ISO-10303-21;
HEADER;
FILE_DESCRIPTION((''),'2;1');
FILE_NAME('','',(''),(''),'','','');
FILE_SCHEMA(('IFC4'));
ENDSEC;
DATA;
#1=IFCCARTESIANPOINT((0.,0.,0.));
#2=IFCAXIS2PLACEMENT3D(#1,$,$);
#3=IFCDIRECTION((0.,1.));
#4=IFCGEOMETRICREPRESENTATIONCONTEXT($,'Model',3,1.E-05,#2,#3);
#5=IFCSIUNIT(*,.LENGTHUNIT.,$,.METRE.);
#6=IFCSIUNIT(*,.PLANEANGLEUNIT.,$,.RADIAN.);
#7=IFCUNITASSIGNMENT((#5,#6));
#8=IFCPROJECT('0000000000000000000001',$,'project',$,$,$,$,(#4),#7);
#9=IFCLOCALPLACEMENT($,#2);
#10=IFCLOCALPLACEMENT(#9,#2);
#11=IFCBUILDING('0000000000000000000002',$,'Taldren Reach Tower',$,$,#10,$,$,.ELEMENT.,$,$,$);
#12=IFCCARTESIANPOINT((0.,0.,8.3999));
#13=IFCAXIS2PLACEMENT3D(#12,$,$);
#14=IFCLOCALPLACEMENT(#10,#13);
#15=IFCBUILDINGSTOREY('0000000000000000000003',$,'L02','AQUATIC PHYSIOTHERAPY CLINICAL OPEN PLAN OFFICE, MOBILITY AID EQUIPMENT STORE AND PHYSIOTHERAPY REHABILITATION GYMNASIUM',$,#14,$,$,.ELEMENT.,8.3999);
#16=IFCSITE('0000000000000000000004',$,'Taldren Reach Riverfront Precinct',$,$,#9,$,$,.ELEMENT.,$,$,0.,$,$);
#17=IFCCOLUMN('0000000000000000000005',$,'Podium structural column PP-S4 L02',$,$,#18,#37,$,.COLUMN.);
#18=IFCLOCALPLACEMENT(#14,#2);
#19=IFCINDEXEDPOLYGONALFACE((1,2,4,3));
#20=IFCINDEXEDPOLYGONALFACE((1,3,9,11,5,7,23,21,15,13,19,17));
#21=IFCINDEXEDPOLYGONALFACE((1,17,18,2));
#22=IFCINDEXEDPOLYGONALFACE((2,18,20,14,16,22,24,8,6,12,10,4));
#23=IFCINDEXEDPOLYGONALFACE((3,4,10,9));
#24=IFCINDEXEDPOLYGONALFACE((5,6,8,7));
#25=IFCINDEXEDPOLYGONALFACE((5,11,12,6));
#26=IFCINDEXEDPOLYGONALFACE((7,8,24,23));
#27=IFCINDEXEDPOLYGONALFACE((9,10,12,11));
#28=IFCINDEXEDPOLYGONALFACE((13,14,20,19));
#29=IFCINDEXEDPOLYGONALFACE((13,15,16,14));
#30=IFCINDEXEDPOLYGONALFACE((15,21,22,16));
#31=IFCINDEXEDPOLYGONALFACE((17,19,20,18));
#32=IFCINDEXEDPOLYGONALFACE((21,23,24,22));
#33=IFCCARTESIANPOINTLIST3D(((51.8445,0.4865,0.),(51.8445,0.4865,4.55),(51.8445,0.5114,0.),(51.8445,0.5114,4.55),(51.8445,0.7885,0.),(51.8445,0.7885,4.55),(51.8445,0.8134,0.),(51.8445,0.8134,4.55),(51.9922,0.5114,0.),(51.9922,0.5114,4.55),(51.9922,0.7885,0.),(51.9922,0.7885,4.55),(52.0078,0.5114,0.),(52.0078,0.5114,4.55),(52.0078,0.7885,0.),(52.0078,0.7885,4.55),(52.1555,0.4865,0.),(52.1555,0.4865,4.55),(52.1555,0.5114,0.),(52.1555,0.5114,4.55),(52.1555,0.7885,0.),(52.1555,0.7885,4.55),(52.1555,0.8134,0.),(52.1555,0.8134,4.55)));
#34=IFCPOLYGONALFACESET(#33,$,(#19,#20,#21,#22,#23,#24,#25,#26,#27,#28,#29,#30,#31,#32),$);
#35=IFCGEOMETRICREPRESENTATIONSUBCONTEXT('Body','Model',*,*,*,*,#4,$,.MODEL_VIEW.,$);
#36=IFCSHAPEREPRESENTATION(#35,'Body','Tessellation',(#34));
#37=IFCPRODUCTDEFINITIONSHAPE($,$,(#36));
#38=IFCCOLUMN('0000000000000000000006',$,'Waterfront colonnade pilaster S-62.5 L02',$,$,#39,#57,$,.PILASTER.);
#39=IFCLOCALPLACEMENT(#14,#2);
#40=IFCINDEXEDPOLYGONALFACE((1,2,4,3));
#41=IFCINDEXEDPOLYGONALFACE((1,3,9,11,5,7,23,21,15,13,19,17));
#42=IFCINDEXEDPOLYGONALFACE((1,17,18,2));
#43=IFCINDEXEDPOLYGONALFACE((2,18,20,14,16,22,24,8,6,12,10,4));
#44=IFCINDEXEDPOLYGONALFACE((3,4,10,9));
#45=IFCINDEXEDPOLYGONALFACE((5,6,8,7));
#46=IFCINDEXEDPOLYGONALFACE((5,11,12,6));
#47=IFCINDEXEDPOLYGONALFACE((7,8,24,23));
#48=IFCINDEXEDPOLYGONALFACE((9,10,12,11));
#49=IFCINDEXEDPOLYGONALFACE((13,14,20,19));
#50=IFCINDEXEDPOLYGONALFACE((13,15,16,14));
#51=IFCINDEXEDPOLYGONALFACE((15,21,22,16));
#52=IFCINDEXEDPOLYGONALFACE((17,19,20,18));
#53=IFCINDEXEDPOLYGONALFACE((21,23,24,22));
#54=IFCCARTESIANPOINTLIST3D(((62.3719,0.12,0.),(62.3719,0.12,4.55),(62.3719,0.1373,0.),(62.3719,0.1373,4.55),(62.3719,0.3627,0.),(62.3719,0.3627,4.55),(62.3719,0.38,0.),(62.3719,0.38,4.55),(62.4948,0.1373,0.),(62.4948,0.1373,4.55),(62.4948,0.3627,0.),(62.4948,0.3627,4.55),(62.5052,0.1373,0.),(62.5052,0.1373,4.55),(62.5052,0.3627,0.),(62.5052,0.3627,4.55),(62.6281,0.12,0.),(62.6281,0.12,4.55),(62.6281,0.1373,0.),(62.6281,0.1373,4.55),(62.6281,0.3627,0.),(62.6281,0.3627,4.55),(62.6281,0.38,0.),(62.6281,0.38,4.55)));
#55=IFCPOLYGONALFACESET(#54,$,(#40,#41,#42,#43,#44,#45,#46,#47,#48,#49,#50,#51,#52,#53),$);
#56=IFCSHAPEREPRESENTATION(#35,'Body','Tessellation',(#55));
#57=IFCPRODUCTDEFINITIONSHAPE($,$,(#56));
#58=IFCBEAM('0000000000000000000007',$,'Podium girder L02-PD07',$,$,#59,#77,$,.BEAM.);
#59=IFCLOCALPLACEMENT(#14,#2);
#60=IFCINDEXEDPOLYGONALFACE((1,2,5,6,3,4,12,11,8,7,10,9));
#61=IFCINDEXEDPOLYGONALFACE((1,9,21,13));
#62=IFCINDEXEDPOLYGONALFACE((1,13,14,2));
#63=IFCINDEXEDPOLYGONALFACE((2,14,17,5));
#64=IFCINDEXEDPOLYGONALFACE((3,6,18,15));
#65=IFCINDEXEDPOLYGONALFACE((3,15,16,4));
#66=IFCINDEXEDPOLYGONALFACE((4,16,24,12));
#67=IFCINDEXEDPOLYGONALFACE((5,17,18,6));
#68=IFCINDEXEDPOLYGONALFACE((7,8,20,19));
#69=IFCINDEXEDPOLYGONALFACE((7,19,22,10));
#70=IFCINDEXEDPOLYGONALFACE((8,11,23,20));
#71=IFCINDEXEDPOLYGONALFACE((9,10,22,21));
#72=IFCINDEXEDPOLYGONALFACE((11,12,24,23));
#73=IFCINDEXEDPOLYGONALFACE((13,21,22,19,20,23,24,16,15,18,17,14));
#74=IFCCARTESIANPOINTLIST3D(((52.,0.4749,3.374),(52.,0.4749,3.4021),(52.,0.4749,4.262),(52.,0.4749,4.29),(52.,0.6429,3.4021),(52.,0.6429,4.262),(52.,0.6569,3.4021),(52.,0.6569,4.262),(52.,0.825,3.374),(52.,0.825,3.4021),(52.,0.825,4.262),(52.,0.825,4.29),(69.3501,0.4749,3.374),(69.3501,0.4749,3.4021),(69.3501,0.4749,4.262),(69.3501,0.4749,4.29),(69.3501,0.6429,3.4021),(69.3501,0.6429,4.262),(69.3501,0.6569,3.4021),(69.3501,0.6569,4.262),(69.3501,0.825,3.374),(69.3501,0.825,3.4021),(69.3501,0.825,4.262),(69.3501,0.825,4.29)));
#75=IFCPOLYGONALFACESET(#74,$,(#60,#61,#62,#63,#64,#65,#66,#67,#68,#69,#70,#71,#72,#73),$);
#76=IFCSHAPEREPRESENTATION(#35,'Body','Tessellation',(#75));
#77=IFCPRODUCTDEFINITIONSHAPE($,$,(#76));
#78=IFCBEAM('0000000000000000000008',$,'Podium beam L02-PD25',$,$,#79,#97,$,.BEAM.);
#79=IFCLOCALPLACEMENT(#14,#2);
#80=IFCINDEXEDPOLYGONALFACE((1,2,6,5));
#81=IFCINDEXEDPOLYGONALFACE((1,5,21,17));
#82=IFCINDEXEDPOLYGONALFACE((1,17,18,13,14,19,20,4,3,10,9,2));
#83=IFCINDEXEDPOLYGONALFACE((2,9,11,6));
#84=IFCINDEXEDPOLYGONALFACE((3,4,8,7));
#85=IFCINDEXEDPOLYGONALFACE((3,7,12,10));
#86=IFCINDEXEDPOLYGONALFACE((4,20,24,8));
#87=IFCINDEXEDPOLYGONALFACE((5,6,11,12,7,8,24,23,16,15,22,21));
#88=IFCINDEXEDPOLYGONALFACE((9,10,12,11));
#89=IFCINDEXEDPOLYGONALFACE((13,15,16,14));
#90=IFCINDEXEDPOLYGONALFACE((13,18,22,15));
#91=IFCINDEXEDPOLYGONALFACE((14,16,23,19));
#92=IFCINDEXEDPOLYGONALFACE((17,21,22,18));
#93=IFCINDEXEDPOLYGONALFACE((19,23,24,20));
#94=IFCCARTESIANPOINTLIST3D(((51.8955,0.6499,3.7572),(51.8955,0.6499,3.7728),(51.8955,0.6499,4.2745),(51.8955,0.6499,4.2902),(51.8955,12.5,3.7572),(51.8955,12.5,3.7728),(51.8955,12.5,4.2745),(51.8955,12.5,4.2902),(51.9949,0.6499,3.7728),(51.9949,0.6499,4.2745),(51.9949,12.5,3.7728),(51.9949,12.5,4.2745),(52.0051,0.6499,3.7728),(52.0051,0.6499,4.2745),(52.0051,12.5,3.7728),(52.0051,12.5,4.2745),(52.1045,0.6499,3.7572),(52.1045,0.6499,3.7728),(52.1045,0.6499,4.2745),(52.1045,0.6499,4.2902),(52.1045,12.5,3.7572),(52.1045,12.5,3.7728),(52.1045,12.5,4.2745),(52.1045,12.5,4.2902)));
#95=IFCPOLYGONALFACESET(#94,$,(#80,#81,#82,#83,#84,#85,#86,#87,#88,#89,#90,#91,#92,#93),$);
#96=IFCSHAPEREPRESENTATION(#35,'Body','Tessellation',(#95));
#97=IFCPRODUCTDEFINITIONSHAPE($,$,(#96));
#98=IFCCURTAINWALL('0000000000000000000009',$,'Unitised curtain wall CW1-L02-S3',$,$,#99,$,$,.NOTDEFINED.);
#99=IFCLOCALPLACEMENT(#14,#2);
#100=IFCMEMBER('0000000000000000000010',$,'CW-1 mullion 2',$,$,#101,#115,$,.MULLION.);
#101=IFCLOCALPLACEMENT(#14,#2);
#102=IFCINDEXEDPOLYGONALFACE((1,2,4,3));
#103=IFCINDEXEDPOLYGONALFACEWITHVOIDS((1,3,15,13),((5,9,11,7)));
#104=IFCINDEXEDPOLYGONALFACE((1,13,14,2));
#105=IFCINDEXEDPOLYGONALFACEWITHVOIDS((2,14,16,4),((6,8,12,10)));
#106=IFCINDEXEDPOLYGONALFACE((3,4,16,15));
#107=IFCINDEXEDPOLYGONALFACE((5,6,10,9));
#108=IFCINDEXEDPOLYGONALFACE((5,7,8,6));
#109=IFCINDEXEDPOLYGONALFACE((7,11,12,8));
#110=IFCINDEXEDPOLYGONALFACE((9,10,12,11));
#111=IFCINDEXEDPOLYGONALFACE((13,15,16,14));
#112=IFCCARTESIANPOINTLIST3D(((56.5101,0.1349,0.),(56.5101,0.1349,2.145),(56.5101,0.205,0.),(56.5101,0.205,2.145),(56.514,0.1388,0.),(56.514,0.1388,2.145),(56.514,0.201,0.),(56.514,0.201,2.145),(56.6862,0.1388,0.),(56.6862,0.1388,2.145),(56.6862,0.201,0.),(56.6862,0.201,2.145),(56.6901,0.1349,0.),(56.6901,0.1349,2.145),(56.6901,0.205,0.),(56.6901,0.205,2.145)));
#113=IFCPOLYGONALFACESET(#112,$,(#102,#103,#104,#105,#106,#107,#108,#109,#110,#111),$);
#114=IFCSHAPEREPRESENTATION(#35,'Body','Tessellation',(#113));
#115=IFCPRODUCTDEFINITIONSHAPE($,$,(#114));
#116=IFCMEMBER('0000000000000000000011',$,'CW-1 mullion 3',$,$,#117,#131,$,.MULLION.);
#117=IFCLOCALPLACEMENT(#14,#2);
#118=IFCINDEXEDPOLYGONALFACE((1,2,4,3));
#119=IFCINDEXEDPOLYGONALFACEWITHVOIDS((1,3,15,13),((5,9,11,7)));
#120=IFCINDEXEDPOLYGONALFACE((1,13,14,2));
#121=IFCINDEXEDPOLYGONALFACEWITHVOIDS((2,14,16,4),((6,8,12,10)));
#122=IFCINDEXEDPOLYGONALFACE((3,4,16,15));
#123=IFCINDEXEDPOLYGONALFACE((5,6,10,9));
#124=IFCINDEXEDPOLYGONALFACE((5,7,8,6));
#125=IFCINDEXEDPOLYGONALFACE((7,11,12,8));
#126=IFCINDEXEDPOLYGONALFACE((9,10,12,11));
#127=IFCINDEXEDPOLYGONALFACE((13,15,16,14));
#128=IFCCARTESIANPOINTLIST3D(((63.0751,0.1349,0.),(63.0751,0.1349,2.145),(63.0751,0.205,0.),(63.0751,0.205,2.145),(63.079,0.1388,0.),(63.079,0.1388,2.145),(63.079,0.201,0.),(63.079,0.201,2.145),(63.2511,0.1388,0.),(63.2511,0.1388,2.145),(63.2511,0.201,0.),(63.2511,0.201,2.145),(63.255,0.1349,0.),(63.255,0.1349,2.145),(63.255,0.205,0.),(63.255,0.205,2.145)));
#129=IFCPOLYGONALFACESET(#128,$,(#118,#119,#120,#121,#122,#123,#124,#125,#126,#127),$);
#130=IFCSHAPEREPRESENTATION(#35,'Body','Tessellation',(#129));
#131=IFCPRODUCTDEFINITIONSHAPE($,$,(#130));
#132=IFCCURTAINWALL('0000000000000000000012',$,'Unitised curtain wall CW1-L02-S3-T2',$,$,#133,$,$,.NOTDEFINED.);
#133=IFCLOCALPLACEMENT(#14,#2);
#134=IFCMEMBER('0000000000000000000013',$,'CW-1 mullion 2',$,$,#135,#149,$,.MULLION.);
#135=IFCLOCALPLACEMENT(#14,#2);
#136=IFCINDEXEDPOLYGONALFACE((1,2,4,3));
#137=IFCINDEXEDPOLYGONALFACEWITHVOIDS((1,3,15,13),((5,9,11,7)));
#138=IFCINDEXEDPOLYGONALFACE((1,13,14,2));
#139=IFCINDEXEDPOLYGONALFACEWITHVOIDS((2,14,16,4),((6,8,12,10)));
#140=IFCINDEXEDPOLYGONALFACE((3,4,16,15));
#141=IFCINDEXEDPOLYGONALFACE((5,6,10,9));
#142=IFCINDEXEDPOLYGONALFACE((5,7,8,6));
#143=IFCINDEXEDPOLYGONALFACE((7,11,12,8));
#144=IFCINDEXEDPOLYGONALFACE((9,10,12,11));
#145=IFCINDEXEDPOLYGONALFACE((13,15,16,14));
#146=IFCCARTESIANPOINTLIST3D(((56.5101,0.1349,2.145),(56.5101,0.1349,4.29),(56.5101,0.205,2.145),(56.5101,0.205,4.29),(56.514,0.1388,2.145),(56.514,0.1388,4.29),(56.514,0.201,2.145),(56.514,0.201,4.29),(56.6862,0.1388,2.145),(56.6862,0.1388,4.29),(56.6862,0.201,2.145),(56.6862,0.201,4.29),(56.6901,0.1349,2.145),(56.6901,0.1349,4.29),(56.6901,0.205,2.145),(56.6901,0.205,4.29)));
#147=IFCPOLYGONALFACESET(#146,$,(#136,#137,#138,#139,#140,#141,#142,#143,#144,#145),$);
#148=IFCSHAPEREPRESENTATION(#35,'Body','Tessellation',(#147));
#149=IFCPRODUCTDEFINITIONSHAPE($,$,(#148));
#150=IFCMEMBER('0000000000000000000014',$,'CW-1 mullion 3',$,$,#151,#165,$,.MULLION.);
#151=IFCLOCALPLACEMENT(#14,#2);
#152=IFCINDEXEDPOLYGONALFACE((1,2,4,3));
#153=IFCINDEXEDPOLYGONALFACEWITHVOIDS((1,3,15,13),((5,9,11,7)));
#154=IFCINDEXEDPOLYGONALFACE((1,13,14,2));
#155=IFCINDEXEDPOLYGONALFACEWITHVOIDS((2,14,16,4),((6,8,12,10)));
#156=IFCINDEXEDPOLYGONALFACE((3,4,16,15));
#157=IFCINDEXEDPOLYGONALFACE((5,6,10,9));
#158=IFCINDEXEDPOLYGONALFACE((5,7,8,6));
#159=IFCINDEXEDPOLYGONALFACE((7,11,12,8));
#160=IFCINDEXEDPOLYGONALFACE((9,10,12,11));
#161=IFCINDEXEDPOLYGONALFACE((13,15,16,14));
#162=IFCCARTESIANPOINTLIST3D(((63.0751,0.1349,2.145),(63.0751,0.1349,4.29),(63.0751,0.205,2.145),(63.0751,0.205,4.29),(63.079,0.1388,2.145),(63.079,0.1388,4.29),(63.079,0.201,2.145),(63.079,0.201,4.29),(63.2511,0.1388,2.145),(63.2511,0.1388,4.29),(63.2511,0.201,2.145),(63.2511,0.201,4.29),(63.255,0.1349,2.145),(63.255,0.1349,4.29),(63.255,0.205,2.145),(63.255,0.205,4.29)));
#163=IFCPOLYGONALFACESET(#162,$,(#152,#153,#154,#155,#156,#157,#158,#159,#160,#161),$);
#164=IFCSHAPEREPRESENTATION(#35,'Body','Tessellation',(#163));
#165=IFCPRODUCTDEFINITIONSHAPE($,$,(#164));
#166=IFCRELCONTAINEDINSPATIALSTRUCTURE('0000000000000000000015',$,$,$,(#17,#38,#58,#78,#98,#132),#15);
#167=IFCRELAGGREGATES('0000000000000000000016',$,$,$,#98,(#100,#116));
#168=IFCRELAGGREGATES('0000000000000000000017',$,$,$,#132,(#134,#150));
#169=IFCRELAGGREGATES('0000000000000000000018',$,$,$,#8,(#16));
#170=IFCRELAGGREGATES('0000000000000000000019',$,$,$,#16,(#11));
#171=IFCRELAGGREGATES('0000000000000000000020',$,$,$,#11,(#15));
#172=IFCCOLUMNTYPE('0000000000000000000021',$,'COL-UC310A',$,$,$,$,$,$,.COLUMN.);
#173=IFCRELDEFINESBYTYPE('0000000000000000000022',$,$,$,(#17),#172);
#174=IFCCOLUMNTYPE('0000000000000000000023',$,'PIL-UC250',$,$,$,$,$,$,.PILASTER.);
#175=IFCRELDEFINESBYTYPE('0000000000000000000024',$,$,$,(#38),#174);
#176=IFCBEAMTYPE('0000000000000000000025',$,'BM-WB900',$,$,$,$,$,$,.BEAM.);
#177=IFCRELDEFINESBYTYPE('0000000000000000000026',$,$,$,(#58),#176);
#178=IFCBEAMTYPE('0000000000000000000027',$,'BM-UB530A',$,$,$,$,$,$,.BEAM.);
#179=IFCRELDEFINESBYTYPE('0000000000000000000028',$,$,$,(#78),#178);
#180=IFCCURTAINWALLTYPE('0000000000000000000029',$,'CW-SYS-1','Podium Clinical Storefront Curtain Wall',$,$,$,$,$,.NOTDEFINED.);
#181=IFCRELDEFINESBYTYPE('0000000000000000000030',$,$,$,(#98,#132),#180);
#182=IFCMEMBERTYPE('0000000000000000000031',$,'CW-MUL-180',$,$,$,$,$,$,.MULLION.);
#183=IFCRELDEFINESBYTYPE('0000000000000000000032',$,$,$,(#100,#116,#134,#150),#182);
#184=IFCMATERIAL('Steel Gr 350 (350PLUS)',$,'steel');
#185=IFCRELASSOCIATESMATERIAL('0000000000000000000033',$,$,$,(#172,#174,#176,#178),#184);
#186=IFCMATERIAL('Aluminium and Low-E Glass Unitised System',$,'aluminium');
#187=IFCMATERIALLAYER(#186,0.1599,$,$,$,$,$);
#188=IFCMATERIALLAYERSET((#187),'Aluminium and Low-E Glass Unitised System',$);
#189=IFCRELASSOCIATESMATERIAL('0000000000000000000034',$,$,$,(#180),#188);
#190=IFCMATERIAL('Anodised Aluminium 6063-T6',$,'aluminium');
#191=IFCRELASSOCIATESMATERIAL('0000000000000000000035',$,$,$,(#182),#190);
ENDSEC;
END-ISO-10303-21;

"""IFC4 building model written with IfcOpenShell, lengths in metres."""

from ifc_helpers import new_model, si_unit, direction, frame, origin, origin_2d, place, context, subcontext, project, spatial, hollow_rectangle, i_section, extrude, source, transform, mapped, material, layer, layer_set, material_profile, profile_set, type_object, element, aggregate, save


model = new_model("IFC4")

# Units and contexts
model_context = context("Model", 3, precision=1e-05, world=origin(), true_north=direction((0.0, 1.0)))
body_context = subcontext(model_context, "Body", "Model", "MODEL_VIEW")
ifc_project = project(units=[si_unit("LENGTHUNIT", "METRE"), si_unit("PLANEANGLEUNIT", "RADIAN")], contexts=[model_context])

# Site, building, storey
site_placement = place(None, origin())
site = spatial("IfcSite", under=ifc_project, at=site_placement, Name="Taldren Reach Riverfront Precinct", CompositionType="ELEMENT", RefElevation=0.0)
building_placement = place(site_placement, origin())
building = spatial("IfcBuilding", under=site, at=building_placement, Name="Taldren Reach Tower", CompositionType="ELEMENT")
storey_placement = place(building_placement, frame((0.0, 0.0, 8.3999)))
storey = spatial("IfcBuildingStorey", under=building, at=storey_placement, Name="L02", Description="AQUATIC PHYSIOTHERAPY CLINICAL OPEN PLAN OFFICE, MOBILITY AID EQUIPMENT STORE AND PHYSIOTHERAPY REHABILITATION GYMNASIUM", CompositionType="ELEMENT", Elevation=8.3999)

# Columns
ifc_material_1 = material(Name="Steel Gr 350 (350PLUS)", Category="steel")
ifc_material_profile_1 = material_profile(ifc_material_1, i_section(OverallWidth=0.311, OverallDepth=0.3269, WebThickness=0.0156, FlangeThickness=0.0249, at=origin_2d()), Name="310UC158")
ifc_profile_set_1 = profile_set([ifc_material_profile_1], Name="Steel Gr 350 (350PLUS)")
column_type_1 = type_object("IfcColumnType", Name="COL-UC310A", PredefinedType="COLUMN", material=ifc_profile_set_1)
shared_shape_1 = source(origin(), body_context, "Body", "SweptSolid", [
    extrude(i_section(OverallWidth=0.311, OverallDepth=0.3269, WebThickness=0.0156, FlangeThickness=0.0249, at=origin_2d()), origin(), (0.0, 0.0, 1.0), 4.55),
])
column_1_placement = place(storey_placement, frame((52.0, 0.6499, 0.0), z_axis=(0.0, 0.0, 1.0), x_axis=(1.0, 0.0, 0.0)))
element("IfcColumn", 1, at=column_1_placement, inside=storey, type_object=column_type_1, Name="Podium structural column PP-S4 L02", PredefinedType="COLUMN", context=body_context, shape_type="MappedRepresentation", body=[
    mapped(shared_shape_1, transform((0.0, 0.0, 0.0), scale=1.0)),
])
ifc_material_profile_2 = material_profile(ifc_material_1, i_section(OverallWidth=0.2561, OverallDepth=0.26, WebThickness=0.0105, FlangeThickness=0.0173, at=origin_2d()), Name="250UC89.5")
ifc_profile_set_2 = profile_set([ifc_material_profile_2], Name="Steel Gr 350 (350PLUS)")
column_type_2 = type_object("IfcColumnType", Name="PIL-UC250", PredefinedType="PILASTER", material=ifc_profile_set_2)
shared_shape_2 = source(origin(), body_context, "Body", "SweptSolid", [
    extrude(i_section(OverallWidth=0.2561, OverallDepth=0.26, WebThickness=0.0105, FlangeThickness=0.0173, at=origin_2d()), origin(), (0.0, 0.0, 1.0), 4.55),
])
column_2_placement = place(storey_placement, frame((62.5, 0.25, 0.0), z_axis=(0.0, 0.0, 1.0), x_axis=(1.0, 0.0, 0.0)))
element("IfcColumn", 2, at=column_2_placement, inside=storey, type_object=column_type_2, Name="Waterfront colonnade pilaster S-62.5 L02", PredefinedType="PILASTER", context=body_context, shape_type="MappedRepresentation", body=[
    mapped(shared_shape_2, transform((0.0, 0.0, 0.0), scale=1.0)),
])

# Beams
ifc_material_profile_3 = material_profile(ifc_material_1, i_section(OverallWidth=0.3501, OverallDepth=0.916, WebThickness=0.0139, FlangeThickness=0.0281, at=origin_2d()), Name="900WB257")
ifc_profile_set_3 = profile_set([ifc_material_profile_3], Name="Steel Gr 350 (350PLUS)")
beam_type_1 = type_object("IfcBeamType", Name="BM-WB900", PredefinedType="BEAM", material=ifc_profile_set_3)
shared_shape_3 = source(origin(), body_context, "Body", "SweptSolid", [
    extrude(i_section(OverallWidth=0.3501, OverallDepth=0.916, WebThickness=0.0139, FlangeThickness=0.0281, at=origin_2d()), origin(), (0.0, 0.0, 1.0), 17.3501),
])
beam_1_placement = place(storey_placement, frame((52.0, 0.6499, 3.832), z_axis=(1.0, 0.0, 0.0), x_axis=(0.0, 1.0, 0.0)))
element("IfcBeam", 3, at=beam_1_placement, inside=storey, type_object=beam_type_1, Name="Podium girder L02-PD07", PredefinedType="BEAM", context=body_context, shape_type="MappedRepresentation", body=[
    mapped(shared_shape_3, transform((0.0, 0.0, 0.0), scale=1.0)),
])
ifc_material_profile_4 = material_profile(ifc_material_1, i_section(OverallWidth=0.209, OverallDepth=0.533, WebThickness=0.0103, FlangeThickness=0.0156, at=origin_2d()), Name="530UB92.4")
ifc_profile_set_4 = profile_set([ifc_material_profile_4], Name="Steel Gr 350 (350PLUS)")
beam_type_2 = type_object("IfcBeamType", Name="BM-UB530A", PredefinedType="BEAM", material=ifc_profile_set_4)
shared_shape_4 = source(origin(), body_context, "Body", "SweptSolid", [
    extrude(i_section(OverallWidth=0.209, OverallDepth=0.533, WebThickness=0.0103, FlangeThickness=0.0156, at=origin_2d()), origin(), (0.0, 0.0, 1.0), 11.8501),
])
beam_2_placement = place(storey_placement, frame((52.0, 0.6499, 4.0237), z_axis=(0.0, 1.0, 0.0), x_axis=(-1.0, 0.0, 0.0)))
element("IfcBeam", 4, at=beam_2_placement, inside=storey, type_object=beam_type_2, Name="Podium beam L02-PD25", PredefinedType="BEAM", context=body_context, shape_type="MappedRepresentation", body=[
    mapped(shared_shape_4, transform((0.0, 0.0, 0.0), scale=1.0)),
])

# Curtain walls, members
ifc_material_2 = material(Name="Aluminium and Low-E Glass Unitised System", Category="aluminium")
ifc_layer_1 = layer(ifc_material_2, 0.1599)
ifc_layer_set_1 = layer_set([ifc_layer_1], Name="Aluminium and Low-E Glass Unitised System")
curtain_wall_type = type_object("IfcCurtainWallType", Name="CW-SYS-1", Description="Podium Clinical Storefront Curtain Wall", PredefinedType="NOTDEFINED", material=ifc_layer_set_1)
curtain_wall_1_placement = place(storey_placement, origin())
curtain_wall_1 = element("IfcCurtainWall", 5, at=curtain_wall_1_placement, inside=storey, type_object=curtain_wall_type, Name="Unitised curtain wall CW1-L02-S3", PredefinedType="NOTDEFINED")
ifc_material_3 = material(Name="Anodised Aluminium 6063-T6", Category="aluminium")
ifc_material_profile_5 = material_profile(ifc_material_3, hollow_rectangle(XDim=0.0701, YDim=0.1799, WallThickness=0.0039, at=origin_2d()), Name="ALU-180x70x4RHS")
ifc_profile_set_5 = profile_set([ifc_material_profile_5], Name="Anodised Aluminium 6063-T6")
member_type_1 = type_object("IfcMemberType", Name="CW-MUL-180", PredefinedType="MULLION", material=ifc_profile_set_5)
shared_shape_5 = source(origin(), body_context, "Body", "SweptSolid", [
    extrude(hollow_rectangle(XDim=0.0701, YDim=0.1799, WallThickness=0.0039, at=origin_2d()), origin(), (0.0, 0.0, 1.0), 2.145),
])
member_1_placement = place(storey_placement, frame((56.6001, 0.1699, 0.0), z_axis=(0.0, 0.0, 1.0), x_axis=(0.0, 1.0, 0.0)))
member_1 = element("IfcMember", 6, at=member_1_placement, type_object=member_type_1, Name="CW-1 mullion 2", PredefinedType="MULLION", context=body_context, shape_type="MappedRepresentation", body=[
    mapped(shared_shape_5, transform((0.0, 0.0, 0.0), scale=1.0)),
])
member_2_placement = place(storey_placement, frame((63.165, 0.1699, 0.0), z_axis=(0.0, 0.0, 1.0), x_axis=(0.0, 1.0, 0.0)))
member_2 = element("IfcMember", 7, at=member_2_placement, type_object=member_type_1, Name="CW-1 mullion 3", PredefinedType="MULLION", context=body_context, shape_type="MappedRepresentation", body=[
    mapped(shared_shape_5, transform((0.0, 0.0, 0.0), scale=1.0)),
])
curtain_wall_2_placement = place(storey_placement, origin())
curtain_wall_2 = element("IfcCurtainWall", 8, at=curtain_wall_2_placement, inside=storey, type_object=curtain_wall_type, Name="Unitised curtain wall CW1-L02-S3-T2", PredefinedType="NOTDEFINED")
member_3_placement = place(storey_placement, frame((56.6001, 0.1699, 2.145), z_axis=(0.0, 0.0, 1.0), x_axis=(0.0, 1.0, 0.0)))
member_3 = element("IfcMember", 9, at=member_3_placement, type_object=member_type_1, Name="CW-1 mullion 2", PredefinedType="MULLION", context=body_context, shape_type="MappedRepresentation", body=[
    mapped(shared_shape_5, transform((0.0, 0.0, 0.0), scale=1.0)),
])
member_4_placement = place(storey_placement, frame((63.165, 0.1699, 2.145), z_axis=(0.0, 0.0, 1.0), x_axis=(0.0, 1.0, 0.0)))
member_4 = element("IfcMember", 10, at=member_4_placement, type_object=member_type_1, Name="CW-1 mullion 3", PredefinedType="MULLION", context=body_context, shape_type="MappedRepresentation", body=[
    mapped(shared_shape_5, transform((0.0, 0.0, 0.0), scale=1.0)),
])

aggregate(curtain_wall_1, [member_1, member_2])
aggregate(curtain_wall_2, [member_3, member_4])

save(model, "model.ifc")
